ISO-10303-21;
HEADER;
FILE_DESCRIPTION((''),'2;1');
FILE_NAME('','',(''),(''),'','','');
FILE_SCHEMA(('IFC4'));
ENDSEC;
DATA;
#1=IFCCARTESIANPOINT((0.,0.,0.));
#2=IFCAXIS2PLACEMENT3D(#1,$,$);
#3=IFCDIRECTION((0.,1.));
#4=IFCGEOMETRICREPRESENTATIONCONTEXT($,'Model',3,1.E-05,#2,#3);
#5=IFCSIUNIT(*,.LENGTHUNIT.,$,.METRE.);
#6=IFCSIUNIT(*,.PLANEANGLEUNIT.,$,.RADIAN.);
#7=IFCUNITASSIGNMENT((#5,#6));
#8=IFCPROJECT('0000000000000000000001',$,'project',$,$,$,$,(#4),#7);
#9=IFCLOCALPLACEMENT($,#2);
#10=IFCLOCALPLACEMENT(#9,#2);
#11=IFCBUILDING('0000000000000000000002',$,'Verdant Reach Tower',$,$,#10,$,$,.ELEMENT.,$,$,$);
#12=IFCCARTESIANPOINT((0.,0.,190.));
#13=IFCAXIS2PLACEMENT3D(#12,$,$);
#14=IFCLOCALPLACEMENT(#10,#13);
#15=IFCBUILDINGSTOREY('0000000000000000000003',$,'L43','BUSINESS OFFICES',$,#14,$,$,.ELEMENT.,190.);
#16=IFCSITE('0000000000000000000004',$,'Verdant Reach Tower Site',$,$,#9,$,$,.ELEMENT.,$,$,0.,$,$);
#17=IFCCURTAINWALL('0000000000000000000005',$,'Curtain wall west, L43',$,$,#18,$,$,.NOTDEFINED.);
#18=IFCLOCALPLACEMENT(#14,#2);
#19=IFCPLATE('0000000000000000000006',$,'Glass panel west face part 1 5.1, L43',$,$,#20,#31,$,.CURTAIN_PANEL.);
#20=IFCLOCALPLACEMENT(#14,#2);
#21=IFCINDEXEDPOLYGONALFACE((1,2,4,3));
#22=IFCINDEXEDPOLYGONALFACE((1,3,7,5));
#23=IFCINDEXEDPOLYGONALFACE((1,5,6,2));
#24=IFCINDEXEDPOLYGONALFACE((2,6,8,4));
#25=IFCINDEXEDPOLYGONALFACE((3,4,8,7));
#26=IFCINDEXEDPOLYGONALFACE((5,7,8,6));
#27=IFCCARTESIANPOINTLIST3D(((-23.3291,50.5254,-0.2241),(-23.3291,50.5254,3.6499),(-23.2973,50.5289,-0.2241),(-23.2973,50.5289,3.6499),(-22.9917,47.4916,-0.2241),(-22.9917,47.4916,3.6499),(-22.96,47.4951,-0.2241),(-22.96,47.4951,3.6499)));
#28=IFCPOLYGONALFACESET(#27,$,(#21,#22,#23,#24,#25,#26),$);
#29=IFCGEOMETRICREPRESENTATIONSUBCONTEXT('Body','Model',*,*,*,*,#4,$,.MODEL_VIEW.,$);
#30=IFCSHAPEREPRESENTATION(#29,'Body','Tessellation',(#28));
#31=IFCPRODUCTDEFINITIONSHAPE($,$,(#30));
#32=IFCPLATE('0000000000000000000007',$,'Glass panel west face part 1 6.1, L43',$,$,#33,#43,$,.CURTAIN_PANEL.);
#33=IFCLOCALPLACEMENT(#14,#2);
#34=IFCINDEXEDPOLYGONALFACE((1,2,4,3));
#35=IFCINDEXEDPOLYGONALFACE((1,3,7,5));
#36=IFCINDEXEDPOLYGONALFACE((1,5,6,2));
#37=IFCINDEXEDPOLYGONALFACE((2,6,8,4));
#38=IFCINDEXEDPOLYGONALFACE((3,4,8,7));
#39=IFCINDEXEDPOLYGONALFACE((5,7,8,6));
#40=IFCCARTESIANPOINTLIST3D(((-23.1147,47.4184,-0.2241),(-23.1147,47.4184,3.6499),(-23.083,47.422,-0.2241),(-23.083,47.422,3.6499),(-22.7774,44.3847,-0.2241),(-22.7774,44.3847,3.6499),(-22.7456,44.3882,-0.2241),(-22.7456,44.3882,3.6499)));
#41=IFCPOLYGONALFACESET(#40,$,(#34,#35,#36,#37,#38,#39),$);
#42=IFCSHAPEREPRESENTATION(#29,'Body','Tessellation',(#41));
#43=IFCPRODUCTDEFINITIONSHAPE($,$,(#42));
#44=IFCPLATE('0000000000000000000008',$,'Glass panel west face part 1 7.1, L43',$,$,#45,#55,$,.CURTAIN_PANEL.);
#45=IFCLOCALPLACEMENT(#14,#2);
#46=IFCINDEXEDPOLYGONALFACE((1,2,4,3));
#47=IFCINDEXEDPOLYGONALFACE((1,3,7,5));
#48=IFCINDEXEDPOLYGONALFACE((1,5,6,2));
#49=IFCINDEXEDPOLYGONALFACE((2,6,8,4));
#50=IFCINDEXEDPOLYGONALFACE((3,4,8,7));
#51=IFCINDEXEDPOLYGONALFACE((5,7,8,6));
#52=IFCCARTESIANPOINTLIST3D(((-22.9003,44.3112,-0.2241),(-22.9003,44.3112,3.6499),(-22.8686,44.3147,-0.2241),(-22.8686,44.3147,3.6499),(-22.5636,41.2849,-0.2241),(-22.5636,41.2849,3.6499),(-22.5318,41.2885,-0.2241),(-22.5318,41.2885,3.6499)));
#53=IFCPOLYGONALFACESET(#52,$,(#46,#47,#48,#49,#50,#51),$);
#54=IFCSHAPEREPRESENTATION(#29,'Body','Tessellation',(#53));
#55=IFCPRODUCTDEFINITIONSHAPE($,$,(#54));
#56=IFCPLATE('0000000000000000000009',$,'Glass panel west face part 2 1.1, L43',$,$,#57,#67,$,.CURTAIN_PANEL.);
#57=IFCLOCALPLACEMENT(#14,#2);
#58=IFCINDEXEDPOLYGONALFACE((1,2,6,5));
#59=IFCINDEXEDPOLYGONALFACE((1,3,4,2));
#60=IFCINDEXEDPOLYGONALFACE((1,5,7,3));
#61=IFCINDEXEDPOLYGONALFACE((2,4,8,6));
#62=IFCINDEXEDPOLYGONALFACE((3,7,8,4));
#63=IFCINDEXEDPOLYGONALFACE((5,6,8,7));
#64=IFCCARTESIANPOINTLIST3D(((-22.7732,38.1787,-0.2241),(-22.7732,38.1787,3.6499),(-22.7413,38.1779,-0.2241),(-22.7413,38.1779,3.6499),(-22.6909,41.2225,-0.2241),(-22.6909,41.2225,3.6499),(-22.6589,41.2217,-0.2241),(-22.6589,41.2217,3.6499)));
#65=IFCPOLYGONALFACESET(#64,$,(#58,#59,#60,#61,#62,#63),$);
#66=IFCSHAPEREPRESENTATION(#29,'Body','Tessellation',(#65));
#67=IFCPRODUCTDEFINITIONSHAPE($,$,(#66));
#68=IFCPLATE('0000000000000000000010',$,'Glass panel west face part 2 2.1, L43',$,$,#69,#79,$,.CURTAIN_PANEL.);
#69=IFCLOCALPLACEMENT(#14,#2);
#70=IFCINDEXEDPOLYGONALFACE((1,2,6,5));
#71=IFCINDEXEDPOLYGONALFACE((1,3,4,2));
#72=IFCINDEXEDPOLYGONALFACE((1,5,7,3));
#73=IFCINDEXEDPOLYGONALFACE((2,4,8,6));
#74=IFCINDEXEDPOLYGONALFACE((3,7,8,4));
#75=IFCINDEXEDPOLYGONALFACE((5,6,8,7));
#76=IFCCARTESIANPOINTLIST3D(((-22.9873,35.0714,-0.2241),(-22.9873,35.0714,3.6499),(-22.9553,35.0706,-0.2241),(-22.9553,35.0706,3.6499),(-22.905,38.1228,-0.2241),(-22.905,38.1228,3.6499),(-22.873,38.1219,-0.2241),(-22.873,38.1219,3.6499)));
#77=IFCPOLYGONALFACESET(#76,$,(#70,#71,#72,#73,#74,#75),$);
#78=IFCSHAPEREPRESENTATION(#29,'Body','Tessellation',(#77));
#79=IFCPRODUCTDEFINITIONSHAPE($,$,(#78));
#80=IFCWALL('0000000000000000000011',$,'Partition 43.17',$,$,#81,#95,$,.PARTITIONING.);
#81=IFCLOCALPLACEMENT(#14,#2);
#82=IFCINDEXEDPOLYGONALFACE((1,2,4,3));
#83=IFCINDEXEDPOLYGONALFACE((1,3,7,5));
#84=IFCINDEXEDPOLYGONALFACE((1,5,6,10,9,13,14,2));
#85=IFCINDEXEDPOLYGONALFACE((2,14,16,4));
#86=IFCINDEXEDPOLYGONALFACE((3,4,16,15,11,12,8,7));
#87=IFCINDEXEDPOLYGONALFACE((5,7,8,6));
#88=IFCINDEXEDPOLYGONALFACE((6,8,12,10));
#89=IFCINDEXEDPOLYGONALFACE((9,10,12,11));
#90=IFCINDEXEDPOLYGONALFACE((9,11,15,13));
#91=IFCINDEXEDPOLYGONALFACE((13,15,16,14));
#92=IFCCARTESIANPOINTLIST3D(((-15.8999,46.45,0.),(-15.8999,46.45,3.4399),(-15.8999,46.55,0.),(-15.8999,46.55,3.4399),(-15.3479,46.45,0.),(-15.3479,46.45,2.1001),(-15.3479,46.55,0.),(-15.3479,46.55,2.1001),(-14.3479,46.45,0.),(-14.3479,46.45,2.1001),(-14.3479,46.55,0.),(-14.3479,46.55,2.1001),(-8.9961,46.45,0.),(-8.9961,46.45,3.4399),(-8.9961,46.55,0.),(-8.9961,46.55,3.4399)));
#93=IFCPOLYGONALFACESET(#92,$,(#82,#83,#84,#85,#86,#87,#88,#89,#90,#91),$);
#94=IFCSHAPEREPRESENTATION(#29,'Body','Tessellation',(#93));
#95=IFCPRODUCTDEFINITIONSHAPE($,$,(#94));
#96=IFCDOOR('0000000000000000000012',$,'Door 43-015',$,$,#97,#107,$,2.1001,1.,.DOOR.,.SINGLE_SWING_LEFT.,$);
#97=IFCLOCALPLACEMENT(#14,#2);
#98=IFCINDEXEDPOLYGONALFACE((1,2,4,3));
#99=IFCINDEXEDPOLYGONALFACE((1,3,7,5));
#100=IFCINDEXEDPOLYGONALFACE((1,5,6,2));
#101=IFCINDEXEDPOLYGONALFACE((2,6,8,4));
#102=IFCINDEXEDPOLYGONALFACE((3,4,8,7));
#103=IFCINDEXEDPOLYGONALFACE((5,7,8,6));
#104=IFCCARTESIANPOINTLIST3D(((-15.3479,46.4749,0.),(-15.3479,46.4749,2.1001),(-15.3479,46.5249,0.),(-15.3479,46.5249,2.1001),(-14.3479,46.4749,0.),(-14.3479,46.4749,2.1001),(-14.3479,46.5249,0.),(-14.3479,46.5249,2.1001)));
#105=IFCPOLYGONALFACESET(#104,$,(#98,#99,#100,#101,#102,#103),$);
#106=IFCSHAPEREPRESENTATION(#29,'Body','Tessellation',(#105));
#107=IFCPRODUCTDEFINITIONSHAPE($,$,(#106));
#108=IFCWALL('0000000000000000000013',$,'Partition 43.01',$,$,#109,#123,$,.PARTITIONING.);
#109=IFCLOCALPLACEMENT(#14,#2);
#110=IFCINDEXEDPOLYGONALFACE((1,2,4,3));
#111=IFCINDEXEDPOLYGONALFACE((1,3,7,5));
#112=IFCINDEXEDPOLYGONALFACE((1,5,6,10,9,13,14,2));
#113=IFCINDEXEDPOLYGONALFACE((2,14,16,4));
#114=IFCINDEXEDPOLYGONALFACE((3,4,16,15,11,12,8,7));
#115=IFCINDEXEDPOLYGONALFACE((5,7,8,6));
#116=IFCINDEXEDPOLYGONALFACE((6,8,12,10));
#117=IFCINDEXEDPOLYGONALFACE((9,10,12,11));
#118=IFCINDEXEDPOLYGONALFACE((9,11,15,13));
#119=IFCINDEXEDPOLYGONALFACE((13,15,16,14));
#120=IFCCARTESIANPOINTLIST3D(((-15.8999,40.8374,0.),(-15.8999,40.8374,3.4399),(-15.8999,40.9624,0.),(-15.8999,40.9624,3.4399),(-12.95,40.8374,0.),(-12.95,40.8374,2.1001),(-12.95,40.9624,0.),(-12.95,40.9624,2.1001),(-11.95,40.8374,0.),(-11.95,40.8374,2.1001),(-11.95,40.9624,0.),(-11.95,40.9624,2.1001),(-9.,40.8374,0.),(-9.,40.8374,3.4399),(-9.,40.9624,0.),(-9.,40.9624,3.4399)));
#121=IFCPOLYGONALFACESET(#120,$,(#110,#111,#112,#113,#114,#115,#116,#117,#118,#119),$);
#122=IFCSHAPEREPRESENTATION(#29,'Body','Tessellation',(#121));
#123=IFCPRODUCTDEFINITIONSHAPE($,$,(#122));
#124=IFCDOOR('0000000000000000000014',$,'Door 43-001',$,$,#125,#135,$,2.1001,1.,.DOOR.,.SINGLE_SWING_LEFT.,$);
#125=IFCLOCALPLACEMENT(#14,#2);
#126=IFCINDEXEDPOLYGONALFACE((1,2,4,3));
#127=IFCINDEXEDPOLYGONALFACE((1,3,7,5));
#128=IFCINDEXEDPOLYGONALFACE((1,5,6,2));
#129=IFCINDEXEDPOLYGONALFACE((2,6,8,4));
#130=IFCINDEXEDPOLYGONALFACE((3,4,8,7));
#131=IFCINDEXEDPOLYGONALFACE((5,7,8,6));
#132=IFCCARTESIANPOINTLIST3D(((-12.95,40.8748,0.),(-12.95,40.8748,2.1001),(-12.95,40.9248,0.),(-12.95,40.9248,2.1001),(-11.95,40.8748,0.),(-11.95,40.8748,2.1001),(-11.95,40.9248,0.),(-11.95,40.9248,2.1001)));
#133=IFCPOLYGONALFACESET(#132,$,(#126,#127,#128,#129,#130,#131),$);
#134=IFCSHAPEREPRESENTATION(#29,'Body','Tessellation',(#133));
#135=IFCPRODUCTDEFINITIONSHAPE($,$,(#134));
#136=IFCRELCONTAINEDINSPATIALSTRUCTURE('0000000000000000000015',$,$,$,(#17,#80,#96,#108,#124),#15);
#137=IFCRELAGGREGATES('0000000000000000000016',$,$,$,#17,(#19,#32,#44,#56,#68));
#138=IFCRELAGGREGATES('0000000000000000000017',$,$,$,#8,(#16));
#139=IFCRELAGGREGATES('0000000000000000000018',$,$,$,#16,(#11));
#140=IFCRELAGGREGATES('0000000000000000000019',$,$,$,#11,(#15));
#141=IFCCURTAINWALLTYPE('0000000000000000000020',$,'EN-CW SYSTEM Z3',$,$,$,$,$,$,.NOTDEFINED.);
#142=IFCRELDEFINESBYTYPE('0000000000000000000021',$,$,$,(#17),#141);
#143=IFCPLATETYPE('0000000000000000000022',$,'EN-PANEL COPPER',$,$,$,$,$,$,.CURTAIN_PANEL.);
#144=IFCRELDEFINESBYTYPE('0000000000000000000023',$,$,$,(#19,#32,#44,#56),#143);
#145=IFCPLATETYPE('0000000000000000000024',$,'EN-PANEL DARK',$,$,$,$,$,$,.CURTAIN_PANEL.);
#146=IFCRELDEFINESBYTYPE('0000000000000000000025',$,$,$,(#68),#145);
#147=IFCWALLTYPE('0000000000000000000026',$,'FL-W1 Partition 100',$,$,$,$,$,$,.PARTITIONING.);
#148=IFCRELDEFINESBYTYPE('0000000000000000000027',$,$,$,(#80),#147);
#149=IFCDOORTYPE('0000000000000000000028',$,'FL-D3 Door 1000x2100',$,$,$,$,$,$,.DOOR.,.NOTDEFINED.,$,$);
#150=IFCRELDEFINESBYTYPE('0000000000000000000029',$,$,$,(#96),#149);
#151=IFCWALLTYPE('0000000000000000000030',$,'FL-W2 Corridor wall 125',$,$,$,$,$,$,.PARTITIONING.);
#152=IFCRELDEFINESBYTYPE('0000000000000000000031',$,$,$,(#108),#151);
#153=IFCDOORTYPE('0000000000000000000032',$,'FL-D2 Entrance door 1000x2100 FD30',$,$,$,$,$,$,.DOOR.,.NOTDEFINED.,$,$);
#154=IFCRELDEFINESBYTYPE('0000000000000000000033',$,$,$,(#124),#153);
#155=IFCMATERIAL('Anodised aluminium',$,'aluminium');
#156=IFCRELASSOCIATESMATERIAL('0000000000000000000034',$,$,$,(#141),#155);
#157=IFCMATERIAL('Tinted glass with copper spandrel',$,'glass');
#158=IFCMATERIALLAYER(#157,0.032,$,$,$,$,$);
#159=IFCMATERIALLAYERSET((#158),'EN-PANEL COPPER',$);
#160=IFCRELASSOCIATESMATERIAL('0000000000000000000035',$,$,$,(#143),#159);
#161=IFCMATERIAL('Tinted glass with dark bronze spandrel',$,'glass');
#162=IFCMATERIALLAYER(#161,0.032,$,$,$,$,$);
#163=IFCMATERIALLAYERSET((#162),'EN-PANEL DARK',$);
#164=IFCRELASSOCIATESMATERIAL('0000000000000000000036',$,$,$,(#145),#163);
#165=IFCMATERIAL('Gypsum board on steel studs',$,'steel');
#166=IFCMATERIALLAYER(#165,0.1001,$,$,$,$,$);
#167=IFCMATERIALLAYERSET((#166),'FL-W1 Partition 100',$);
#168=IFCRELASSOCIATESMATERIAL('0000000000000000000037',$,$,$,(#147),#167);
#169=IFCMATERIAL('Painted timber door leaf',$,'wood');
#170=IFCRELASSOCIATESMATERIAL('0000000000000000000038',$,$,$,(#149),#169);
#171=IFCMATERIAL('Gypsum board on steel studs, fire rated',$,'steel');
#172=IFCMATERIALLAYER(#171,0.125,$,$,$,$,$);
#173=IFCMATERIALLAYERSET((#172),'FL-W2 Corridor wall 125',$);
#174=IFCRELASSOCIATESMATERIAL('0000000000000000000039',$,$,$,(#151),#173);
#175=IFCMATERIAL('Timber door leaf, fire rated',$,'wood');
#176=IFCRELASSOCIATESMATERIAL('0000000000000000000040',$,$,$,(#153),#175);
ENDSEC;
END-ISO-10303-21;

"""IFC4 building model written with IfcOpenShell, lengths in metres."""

from ifc_helpers import new_model, si_unit, direction, frame, frame_2d, origin, origin_2d, place, context, subcontext, project, spatial, rectangle, extrude, material, layer, layer_set, type_object, element, fill, aggregate, save


model = new_model("IFC4")

# Units and contexts
model_context = context("Model", 3, precision=1e-05, world=origin(), true_north=direction((0.0, 1.0)))
body_context = subcontext(model_context, "Body", "Model", "MODEL_VIEW")
ifc_project = project(units=[si_unit("LENGTHUNIT", "METRE"), si_unit("PLANEANGLEUNIT", "RADIAN")], contexts=[model_context])

# Site, building, storey
site_placement = place(None, origin())
site = spatial("IfcSite", under=ifc_project, at=site_placement, Name="Verdant Reach Tower Site", CompositionType="ELEMENT", RefElevation=0.0)
building_placement = place(site_placement, origin())
building = spatial("IfcBuilding", under=site, at=building_placement, Name="Verdant Reach Tower", CompositionType="ELEMENT")
storey_placement = place(building_placement, frame((0.0, 0.0, 190.0)))
storey = spatial("IfcBuildingStorey", under=building, at=storey_placement, Name="L43", Description="BUSINESS OFFICES", CompositionType="ELEMENT", Elevation=190.0)

# Curtain wall
ifc_material_1 = material(Name="Anodised aluminium", Category="aluminium")
curtain_wall_type = type_object("IfcCurtainWallType", Name="EN-CW SYSTEM Z3", PredefinedType="NOTDEFINED", material=ifc_material_1)
curtain_wall_placement = place(storey_placement, origin())
curtain_wall = element("IfcCurtainWall", 1, at=curtain_wall_placement, inside=storey, type_object=curtain_wall_type, Name="Curtain wall west, L43", PredefinedType="NOTDEFINED")

# Plates
ifc_material_2 = material(Name="Tinted glass with copper spandrel", Category="glass")
ifc_layer_1 = layer(ifc_material_2, 0.032)
ifc_layer_set_1 = layer_set([ifc_layer_1], Name="EN-PANEL COPPER")
plate_type_1 = type_object("IfcPlateType", Name="EN-PANEL COPPER", PredefinedType="CURTAIN_PANEL", material=ifc_layer_set_1)
plate_1_placement = place(storey_placement, frame((-23.1445, 49.0103, -0.2241), z_axis=(0.0, 0.0, 1.0), x_axis=(0.110518, -0.993874, 0.0)))
plate_1 = element("IfcPlate", 2, at=plate_1_placement, type_object=plate_type_1, Name="Glass panel west face part 1 5.1, L43", PredefinedType="CURTAIN_PANEL", context=body_context, shape_type="SweptSolid", body=[
    extrude(rectangle(XDim=3.0525, YDim=0.032, at=origin_2d()), origin(), (0.0, 0.0, 1.0), 3.874),
])
plate_2_placement = place(storey_placement, frame((-22.9302, 45.9033, -0.2241), z_axis=(0.0, 0.0, 1.0), x_axis=(0.110518, -0.993874, 0.0)))
plate_2 = element("IfcPlate", 3, at=plate_2_placement, type_object=plate_type_1, Name="Glass panel west face part 1 6.1, L43", PredefinedType="CURTAIN_PANEL", context=body_context, shape_type="SweptSolid", body=[
    extrude(rectangle(XDim=3.0525, YDim=0.032, at=origin_2d()), origin(), (0.0, 0.0, 1.0), 3.874),
])
plate_3_placement = place(storey_placement, frame((-22.7161, 42.7998, -0.2241), z_axis=(0.0, 0.0, 1.0), x_axis=(0.110601, -0.993865, 0.0)))
plate_3 = element("IfcPlate", 4, at=plate_3_placement, type_object=plate_type_1, Name="Glass panel west face part 1 7.1, L43", PredefinedType="CURTAIN_PANEL", context=body_context, shape_type="SweptSolid", body=[
    extrude(rectangle(XDim=3.0449, YDim=0.032, at=origin_2d()), origin(), (0.0, 0.0, 1.0), 3.874),
])
plate_4_placement = place(storey_placement, frame((-22.7161, 39.7002, -0.2241), z_axis=(0.0, 0.0, 1.0), x_axis=(-0.027048, -0.999634, 0.0)))
plate_4 = element("IfcPlate", 5, at=plate_4_placement, type_object=plate_type_1, Name="Glass panel west face part 2 1.1, L43", PredefinedType="CURTAIN_PANEL", context=body_context, shape_type="SweptSolid", body=[
    extrude(rectangle(XDim=3.0449, YDim=0.032, at=origin_2d()), origin(), (0.0, 0.0, 1.0), 3.874),
])
ifc_material_3 = material(Name="Tinted glass with dark bronze spandrel", Category="glass")
ifc_layer_2 = layer(ifc_material_3, 0.032)
ifc_layer_set_2 = layer_set([ifc_layer_2], Name="EN-PANEL DARK")
plate_type_2 = type_object("IfcPlateType", Name="EN-PANEL DARK", PredefinedType="CURTAIN_PANEL", material=ifc_layer_set_2)
plate_5_placement = place(storey_placement, frame((-22.9302, 36.5967, -0.2241), z_axis=(0.0, 0.0, 1.0), x_axis=(-0.026965, -0.999636, 0.0)))
plate_5 = element("IfcPlate", 6, at=plate_5_placement, type_object=plate_type_2, Name="Glass panel west face part 2 2.1, L43", PredefinedType="CURTAIN_PANEL", context=body_context, shape_type="SweptSolid", body=[
    extrude(rectangle(XDim=3.0525, YDim=0.032, at=origin_2d()), origin(), (0.0, 0.0, 1.0), 3.874),
])
aggregate(curtain_wall, [plate_1, plate_2, plate_3, plate_4, plate_5])

# Walls, openings, doors
ifc_material_4 = material(Name="Gypsum board on steel studs", Category="steel")
ifc_layer_3 = layer(ifc_material_4, 0.1001)
ifc_layer_set_3 = layer_set([ifc_layer_3], Name="FL-W1 Partition 100")
wall_type_1 = type_object("IfcWallType", Name="FL-W1 Partition 100", PredefinedType="PARTITIONING", material=ifc_layer_set_3)
wall_1_placement = place(storey_placement, frame((-15.8999, 46.5, 0.0), z_axis=(0.0, 0.0, 1.0), x_axis=(1.0, 0.0, 0.0)))
wall_1 = element("IfcWall", 7, at=wall_1_placement, inside=storey, type_object=wall_type_1, Name="Partition 43.17", PredefinedType="PARTITIONING", context=body_context, shape_type="SweptSolid", body=[
    extrude(rectangle(XDim=6.9038, YDim=0.1001, at=frame_2d((3.4519, 0.0))), origin(), (0.0, 0.0, 1.0), 3.4399),
])
opening_1_placement = place(wall_1_placement, frame((0.552, 0.0, 0.0)))
opening_1 = element("IfcOpeningElement", 8, at=opening_1_placement, cuts=wall_1, PredefinedType="OPENING", context=body_context, shape_type="SweptSolid", body=[
    extrude(rectangle(XDim=1.0, YDim=2.1001, at=frame_2d((0.5, 1.05))), frame((0.0, 0.0601, 0.0), z_axis=(0.0, -1.0, 0.0), x_axis=(1.0, 0.0, 0.0)), (0.0, 0.0, 1.0), 0.1201),
])
ifc_material_5 = material(Name="Painted timber door leaf", Category="wood")
door_type_1 = type_object("IfcDoorType", Name="FL-D3 Door 1000x2100", OperationType="NOTDEFINED", PredefinedType="DOOR", material=ifc_material_5)
door_1_placement = place(opening_1_placement, origin())
door_1 = element("IfcDoor", 9, at=door_1_placement, inside=storey, type_object=door_type_1, Name="Door 43-015", OperationType="SINGLE_SWING_LEFT", OverallHeight=2.1001, OverallWidth=1.0, PredefinedType="DOOR", context=body_context, shape_type="SweptSolid", body=[
    extrude(rectangle(XDim=1.0, YDim=2.1001, at=frame_2d((0.5, 1.05))), frame((0.0, 0.0249, 0.0), z_axis=(0.0, -1.0, 0.0), x_axis=(1.0, 0.0, 0.0)), (0.0, 0.0, 1.0), 0.05),
])
fill(opening_1, door_1)
ifc_material_6 = material(Name="Gypsum board on steel studs, fire rated", Category="steel")
ifc_layer_4 = layer(ifc_material_6, 0.125)
ifc_layer_set_4 = layer_set([ifc_layer_4], Name="FL-W2 Corridor wall 125")
wall_type_2 = type_object("IfcWallType", Name="FL-W2 Corridor wall 125", PredefinedType="PARTITIONING", material=ifc_layer_set_4)
wall_2_placement = place(storey_placement, frame((-15.8999, 40.8999, 0.0), z_axis=(0.0, 0.0, 1.0), x_axis=(1.0, 0.0, 0.0)))
wall_2 = element("IfcWall", 10, at=wall_2_placement, inside=storey, type_object=wall_type_2, Name="Partition 43.01", PredefinedType="PARTITIONING", context=body_context, shape_type="SweptSolid", body=[
    extrude(rectangle(XDim=6.8999, YDim=0.125, at=frame_2d((3.45, 0.0))), origin(), (0.0, 0.0, 1.0), 3.4399),
])
opening_2_placement = place(wall_2_placement, frame((2.95, 0.0, 0.0)))
opening_2 = element("IfcOpeningElement", 11, at=opening_2_placement, cuts=wall_2, PredefinedType="OPENING", context=body_context, shape_type="SweptSolid", body=[
    extrude(rectangle(XDim=1.0, YDim=2.1001, at=frame_2d((0.5, 1.05))), frame((0.0, 0.0725, 0.0), z_axis=(0.0, -1.0, 0.0), x_axis=(1.0, 0.0, 0.0)), (0.0, 0.0, 1.0), 0.145),
])
ifc_material_7 = material(Name="Timber door leaf, fire rated", Category="wood")
door_type_2 = type_object("IfcDoorType", Name="FL-D2 Entrance door 1000x2100 FD30", OperationType="NOTDEFINED", PredefinedType="DOOR", material=ifc_material_7)
door_2_placement = place(opening_2_placement, origin())
door_2 = element("IfcDoor", 12, at=door_2_placement, inside=storey, type_object=door_type_2, Name="Door 43-001", OperationType="SINGLE_SWING_LEFT", OverallHeight=2.1001, OverallWidth=1.0, PredefinedType="DOOR", context=body_context, shape_type="SweptSolid", body=[
    extrude(rectangle(XDim=1.0, YDim=2.1001, at=frame_2d((0.5, 1.05))), frame((0.0, 0.0249, 0.0), z_axis=(0.0, -1.0, 0.0), x_axis=(1.0, 0.0, 0.0)), (0.0, 0.0, 1.0), 0.05),
])
fill(opening_2, door_2)

save(model, "model.ifc")
